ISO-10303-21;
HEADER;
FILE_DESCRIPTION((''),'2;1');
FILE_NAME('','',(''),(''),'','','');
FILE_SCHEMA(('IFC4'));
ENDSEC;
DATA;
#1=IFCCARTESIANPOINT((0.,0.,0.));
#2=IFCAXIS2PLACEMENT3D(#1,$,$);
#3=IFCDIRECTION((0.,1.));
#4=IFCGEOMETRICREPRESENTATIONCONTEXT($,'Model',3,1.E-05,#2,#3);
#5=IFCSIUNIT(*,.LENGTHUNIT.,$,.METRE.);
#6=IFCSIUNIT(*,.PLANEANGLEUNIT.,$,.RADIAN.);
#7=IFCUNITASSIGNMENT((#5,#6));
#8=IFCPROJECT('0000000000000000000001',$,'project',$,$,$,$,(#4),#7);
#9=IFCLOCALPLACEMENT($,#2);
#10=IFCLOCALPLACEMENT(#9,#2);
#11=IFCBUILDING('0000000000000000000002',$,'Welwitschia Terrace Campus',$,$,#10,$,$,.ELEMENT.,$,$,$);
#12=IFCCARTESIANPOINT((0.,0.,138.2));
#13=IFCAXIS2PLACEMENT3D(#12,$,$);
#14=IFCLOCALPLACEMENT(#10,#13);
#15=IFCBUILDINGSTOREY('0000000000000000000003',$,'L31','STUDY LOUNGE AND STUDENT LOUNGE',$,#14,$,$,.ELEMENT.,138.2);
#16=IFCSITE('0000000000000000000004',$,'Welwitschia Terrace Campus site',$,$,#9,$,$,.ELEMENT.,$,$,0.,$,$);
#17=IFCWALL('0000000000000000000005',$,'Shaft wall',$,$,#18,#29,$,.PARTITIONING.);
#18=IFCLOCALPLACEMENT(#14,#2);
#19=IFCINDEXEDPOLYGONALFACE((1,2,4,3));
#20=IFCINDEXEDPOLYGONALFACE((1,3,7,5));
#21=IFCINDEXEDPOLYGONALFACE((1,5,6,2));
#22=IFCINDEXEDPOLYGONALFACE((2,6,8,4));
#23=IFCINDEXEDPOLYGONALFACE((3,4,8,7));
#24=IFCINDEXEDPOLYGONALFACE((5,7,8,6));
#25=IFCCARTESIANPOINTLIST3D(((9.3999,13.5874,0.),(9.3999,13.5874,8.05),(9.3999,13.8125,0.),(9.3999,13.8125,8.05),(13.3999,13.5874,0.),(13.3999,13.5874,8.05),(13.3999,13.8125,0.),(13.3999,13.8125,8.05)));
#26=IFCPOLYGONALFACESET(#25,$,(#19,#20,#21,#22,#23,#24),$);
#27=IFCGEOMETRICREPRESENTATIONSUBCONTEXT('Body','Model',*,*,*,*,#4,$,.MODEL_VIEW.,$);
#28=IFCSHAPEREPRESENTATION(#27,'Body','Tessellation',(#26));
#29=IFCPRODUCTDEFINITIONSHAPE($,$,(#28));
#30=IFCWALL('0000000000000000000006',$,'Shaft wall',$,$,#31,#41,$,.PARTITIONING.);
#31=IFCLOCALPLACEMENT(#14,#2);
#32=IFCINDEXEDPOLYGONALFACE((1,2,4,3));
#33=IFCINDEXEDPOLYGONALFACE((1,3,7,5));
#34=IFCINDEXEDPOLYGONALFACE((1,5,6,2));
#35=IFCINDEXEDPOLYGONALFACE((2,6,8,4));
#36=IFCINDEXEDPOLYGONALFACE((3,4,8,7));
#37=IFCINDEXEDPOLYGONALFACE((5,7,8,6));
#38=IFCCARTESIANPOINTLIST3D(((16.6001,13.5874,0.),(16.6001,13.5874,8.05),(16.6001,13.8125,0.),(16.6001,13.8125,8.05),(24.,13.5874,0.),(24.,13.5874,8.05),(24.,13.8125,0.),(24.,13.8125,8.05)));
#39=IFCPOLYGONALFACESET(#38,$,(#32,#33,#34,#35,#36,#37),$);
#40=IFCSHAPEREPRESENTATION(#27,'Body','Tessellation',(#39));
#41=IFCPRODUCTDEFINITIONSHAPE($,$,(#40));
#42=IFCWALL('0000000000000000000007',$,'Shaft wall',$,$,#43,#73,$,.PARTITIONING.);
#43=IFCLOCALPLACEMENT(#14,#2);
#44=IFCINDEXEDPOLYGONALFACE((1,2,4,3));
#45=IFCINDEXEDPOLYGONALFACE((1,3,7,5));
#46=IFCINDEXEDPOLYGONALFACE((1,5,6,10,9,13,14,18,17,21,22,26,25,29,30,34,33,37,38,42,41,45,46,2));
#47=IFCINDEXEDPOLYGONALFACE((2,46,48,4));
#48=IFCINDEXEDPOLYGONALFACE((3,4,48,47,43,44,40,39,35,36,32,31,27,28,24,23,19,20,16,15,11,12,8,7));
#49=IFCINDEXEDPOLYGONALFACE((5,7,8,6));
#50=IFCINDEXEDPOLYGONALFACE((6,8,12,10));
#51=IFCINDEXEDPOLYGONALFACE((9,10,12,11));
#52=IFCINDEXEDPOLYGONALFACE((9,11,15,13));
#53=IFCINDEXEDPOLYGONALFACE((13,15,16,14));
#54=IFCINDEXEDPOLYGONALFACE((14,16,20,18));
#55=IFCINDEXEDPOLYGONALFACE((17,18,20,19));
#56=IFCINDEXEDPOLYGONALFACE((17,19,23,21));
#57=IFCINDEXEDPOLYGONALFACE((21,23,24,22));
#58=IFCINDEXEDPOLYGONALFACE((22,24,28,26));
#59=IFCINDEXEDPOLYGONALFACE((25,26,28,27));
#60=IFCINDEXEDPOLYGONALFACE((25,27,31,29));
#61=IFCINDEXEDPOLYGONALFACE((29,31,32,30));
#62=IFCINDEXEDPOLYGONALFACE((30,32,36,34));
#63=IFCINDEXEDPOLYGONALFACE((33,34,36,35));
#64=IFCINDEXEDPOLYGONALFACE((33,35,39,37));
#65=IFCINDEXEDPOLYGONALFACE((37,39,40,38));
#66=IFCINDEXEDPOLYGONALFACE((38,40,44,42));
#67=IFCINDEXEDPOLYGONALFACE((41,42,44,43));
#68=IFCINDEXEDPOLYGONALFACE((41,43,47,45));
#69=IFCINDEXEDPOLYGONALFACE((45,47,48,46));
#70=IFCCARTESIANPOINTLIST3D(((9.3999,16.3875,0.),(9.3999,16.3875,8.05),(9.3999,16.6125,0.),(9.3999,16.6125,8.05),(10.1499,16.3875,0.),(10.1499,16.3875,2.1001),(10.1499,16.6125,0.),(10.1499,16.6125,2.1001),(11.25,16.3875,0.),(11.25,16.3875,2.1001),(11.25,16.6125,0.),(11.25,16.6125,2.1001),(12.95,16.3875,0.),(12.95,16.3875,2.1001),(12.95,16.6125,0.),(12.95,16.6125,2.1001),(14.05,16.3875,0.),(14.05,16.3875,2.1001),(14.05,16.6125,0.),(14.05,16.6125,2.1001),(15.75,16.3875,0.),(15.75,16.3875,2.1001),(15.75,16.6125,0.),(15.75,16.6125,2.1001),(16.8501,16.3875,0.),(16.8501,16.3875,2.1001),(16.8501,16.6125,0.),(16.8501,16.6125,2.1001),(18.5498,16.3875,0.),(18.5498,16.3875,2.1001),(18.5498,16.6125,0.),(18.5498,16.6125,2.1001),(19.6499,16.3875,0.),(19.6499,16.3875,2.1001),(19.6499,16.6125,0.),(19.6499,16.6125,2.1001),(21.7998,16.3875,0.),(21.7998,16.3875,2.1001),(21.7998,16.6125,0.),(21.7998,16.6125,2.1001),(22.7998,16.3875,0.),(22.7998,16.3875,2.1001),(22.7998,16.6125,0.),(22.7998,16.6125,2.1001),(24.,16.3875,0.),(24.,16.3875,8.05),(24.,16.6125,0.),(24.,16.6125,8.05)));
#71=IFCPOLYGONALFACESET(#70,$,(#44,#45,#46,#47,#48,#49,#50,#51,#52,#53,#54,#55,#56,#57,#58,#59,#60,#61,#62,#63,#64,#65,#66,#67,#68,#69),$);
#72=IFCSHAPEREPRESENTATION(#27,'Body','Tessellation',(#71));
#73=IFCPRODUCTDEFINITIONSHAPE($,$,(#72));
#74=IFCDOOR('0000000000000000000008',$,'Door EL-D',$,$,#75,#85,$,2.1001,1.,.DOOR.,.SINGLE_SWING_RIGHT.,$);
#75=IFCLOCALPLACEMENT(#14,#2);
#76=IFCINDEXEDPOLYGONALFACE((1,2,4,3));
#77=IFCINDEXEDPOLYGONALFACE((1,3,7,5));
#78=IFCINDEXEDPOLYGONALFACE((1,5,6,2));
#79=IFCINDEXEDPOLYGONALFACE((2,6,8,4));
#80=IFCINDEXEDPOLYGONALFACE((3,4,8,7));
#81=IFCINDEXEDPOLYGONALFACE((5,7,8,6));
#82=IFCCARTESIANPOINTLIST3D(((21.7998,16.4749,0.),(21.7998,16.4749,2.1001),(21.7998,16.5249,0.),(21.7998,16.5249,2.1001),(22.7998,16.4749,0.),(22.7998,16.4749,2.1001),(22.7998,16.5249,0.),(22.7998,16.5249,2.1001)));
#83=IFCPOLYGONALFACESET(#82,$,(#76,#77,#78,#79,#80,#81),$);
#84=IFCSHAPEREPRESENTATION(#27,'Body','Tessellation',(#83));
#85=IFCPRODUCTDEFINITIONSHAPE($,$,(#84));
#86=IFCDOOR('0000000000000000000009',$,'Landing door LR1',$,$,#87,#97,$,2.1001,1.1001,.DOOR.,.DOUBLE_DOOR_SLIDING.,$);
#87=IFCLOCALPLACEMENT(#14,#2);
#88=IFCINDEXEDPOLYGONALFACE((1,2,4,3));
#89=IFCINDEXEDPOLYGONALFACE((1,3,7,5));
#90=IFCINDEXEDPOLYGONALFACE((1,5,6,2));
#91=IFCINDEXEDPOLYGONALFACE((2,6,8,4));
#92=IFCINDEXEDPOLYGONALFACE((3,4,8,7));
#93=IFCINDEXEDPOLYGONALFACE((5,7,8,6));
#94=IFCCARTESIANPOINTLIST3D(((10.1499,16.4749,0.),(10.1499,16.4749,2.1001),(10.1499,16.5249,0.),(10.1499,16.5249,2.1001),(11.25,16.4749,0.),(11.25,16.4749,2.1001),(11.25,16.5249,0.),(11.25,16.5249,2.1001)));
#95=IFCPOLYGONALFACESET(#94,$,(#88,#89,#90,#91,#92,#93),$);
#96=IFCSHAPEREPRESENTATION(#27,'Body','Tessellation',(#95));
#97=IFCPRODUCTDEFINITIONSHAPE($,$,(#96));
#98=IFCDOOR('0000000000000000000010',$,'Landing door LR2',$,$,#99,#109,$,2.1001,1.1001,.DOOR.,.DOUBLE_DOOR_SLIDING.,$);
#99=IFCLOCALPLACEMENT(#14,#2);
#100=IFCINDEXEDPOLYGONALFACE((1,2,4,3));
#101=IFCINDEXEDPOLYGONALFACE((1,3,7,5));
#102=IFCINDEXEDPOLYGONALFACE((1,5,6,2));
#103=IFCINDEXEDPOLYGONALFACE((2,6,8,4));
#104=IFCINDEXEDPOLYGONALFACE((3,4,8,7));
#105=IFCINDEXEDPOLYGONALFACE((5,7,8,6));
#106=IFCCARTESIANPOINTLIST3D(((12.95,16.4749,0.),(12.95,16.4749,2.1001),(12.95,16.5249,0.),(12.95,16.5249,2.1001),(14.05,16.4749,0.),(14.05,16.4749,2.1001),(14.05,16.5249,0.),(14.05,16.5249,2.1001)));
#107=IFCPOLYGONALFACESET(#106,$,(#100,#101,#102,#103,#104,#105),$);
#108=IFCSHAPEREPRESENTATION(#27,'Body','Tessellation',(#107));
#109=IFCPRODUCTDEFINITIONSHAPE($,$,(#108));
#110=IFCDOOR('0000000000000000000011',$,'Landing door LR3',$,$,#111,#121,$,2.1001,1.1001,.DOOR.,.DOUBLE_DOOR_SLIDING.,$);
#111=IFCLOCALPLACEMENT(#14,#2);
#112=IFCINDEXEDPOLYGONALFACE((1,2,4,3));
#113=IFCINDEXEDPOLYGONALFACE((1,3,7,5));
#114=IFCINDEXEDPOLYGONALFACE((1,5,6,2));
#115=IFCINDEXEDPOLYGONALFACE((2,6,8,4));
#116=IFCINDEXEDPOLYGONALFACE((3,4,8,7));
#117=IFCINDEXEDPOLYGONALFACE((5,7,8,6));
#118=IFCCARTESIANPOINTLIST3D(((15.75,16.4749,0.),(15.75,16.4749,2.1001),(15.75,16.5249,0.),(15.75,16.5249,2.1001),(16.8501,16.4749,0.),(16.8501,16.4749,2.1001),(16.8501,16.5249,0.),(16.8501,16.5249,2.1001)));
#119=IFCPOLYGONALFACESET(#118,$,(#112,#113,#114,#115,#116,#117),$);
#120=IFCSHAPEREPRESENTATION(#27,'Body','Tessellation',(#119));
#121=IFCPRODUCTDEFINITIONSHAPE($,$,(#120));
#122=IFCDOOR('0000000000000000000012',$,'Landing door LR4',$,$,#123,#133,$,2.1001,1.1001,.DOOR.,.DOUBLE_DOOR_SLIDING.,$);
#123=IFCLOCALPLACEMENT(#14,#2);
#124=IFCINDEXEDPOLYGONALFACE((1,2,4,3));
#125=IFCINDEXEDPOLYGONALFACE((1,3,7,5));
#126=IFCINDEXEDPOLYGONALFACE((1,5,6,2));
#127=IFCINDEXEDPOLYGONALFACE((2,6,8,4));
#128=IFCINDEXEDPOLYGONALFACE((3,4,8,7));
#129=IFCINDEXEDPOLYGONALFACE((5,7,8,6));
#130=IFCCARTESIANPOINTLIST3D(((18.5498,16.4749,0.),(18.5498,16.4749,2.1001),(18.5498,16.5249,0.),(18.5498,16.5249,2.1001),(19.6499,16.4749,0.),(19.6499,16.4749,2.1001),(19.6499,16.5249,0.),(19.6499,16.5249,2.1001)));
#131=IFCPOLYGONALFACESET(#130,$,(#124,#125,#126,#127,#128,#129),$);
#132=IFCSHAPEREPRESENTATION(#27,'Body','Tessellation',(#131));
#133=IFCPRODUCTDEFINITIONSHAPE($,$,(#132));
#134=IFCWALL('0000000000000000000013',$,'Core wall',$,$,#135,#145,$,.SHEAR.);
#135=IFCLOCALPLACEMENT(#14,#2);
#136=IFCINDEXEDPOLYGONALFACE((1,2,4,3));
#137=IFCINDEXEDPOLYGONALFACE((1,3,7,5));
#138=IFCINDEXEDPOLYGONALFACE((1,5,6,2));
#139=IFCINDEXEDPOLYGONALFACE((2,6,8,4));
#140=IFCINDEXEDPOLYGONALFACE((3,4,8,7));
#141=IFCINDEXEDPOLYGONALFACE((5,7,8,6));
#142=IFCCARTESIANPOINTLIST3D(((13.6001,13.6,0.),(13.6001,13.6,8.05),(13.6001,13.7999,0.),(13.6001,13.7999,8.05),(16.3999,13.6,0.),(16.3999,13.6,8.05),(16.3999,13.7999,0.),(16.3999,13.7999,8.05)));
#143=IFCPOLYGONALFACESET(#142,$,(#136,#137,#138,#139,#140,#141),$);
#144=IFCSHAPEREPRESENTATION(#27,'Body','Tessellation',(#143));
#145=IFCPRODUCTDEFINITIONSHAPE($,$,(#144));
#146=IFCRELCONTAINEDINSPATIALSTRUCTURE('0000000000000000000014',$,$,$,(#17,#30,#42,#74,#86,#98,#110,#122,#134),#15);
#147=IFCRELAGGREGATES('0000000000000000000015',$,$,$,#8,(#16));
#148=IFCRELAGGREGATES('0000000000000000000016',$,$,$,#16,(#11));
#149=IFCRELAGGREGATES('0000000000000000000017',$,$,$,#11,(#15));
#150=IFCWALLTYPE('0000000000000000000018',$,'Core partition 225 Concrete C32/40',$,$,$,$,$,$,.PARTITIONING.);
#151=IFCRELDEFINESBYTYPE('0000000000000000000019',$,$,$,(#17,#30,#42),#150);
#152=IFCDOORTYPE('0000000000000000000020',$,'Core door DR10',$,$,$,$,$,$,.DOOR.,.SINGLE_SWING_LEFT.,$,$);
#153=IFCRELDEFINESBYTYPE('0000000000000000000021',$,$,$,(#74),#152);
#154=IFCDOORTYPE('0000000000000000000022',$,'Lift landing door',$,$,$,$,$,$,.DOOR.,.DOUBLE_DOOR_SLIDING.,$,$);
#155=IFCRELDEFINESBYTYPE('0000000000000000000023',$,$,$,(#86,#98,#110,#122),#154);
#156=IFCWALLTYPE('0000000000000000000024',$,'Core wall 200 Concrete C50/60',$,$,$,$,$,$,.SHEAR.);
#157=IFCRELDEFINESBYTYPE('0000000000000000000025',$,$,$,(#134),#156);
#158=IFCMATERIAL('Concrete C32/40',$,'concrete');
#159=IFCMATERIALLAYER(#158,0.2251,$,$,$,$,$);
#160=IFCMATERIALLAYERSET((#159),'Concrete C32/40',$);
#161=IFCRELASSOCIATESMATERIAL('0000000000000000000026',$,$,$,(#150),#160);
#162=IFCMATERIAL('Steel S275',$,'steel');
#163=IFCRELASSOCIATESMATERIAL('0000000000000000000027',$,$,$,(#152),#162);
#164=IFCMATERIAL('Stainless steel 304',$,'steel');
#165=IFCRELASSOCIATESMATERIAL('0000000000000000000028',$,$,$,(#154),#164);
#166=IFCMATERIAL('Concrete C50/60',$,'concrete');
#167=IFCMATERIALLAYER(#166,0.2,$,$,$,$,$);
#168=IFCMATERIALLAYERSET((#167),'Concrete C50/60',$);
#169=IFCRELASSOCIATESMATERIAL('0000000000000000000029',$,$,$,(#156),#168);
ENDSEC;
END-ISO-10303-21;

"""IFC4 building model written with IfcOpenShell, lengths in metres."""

from ifc_helpers import new_model, si_unit, direction, frame, frame_2d, origin, place, context, subcontext, project, spatial, rectangle, extrude, material, layer, layer_set, type_object, element, fill, save


model = new_model("IFC4")

# Units and contexts
model_context = context("Model", 3, precision=1e-05, world=origin(), true_north=direction((0.0, 1.0)))
body_context = subcontext(model_context, "Body", "Model", "MODEL_VIEW")
ifc_project = project(units=[si_unit("LENGTHUNIT", "METRE"), si_unit("PLANEANGLEUNIT", "RADIAN")], contexts=[model_context])

# Site, building, storey
site_placement = place(None, origin())
site = spatial("IfcSite", under=ifc_project, at=site_placement, Name="Welwitschia Terrace Campus site", CompositionType="ELEMENT", RefElevation=0.0)
building_placement = place(site_placement, origin())
building = spatial("IfcBuilding", under=site, at=building_placement, Name="Welwitschia Terrace Campus", CompositionType="ELEMENT")
storey_placement = place(building_placement, frame((0.0, 0.0, 138.2)))
storey = spatial("IfcBuildingStorey", under=building, at=storey_placement, Name="L31", Description="STUDY LOUNGE AND STUDENT LOUNGE", CompositionType="ELEMENT", Elevation=138.2)

# Walls
ifc_material_1 = material(Name="Concrete C32/40", Category="concrete")
ifc_layer_1 = layer(ifc_material_1, 0.2251)
ifc_layer_set_1 = layer_set([ifc_layer_1], Name="Concrete C32/40")
wall_type_1 = type_object("IfcWallType", Name="Core partition 225 Concrete C32/40", PredefinedType="PARTITIONING", material=ifc_layer_set_1)
wall_1_placement = place(storey_placement, frame((9.3999, 13.7, 0.0), z_axis=(0.0, 0.0, 1.0), x_axis=(1.0, 0.0, 0.0)))
element("IfcWall", 1, at=wall_1_placement, inside=storey, type_object=wall_type_1, Name="Shaft wall", PredefinedType="PARTITIONING", context=body_context, shape_type="SweptSolid", body=[
    extrude(rectangle(XDim=4.0, YDim=0.2251, at=frame_2d((2.0, 0.0))), origin(), (0.0, 0.0, 1.0), 8.05),
])
wall_2_placement = place(storey_placement, frame((16.6001, 13.7, 0.0), z_axis=(0.0, 0.0, 1.0), x_axis=(1.0, 0.0, 0.0)))
element("IfcWall", 2, at=wall_2_placement, inside=storey, type_object=wall_type_1, Name="Shaft wall", PredefinedType="PARTITIONING", context=body_context, shape_type="SweptSolid", body=[
    extrude(rectangle(XDim=7.3999, YDim=0.2251, at=frame_2d((3.7, 0.0))), origin(), (0.0, 0.0, 1.0), 8.05),
])

# Wall, openings, doors
wall_3_placement = place(storey_placement, frame((9.3999, 16.5, 0.0), z_axis=(0.0, 0.0, 1.0), x_axis=(1.0, 0.0, 0.0)))
wall_3 = element("IfcWall", 3, at=wall_3_placement, inside=storey, type_object=wall_type_1, Name="Shaft wall", PredefinedType="PARTITIONING", context=body_context, shape_type="SweptSolid", body=[
    extrude(rectangle(XDim=14.6001, YDim=0.2251, at=frame_2d((7.3, 0.0))), origin(), (0.0, 0.0, 1.0), 8.05),
])
opening_1_placement = place(wall_3_placement, frame((0.75, 0.0, 0.0)))
opening_1 = element("IfcOpeningElement", 4, at=opening_1_placement, cuts=wall_3, PredefinedType="OPENING", context=body_context, shape_type="SweptSolid", body=[
    extrude(rectangle(XDim=1.1001, YDim=2.1001, at=frame_2d((0.55, 1.05))), frame((0.0, 0.1226, 0.0), z_axis=(0.0, -1.0, 0.0), x_axis=(1.0, 0.0, 0.0)), (0.0, 0.0, 1.0), 0.2451),
])
opening_2_placement = place(wall_3_placement, frame((3.55, 0.0, 0.0)))
opening_2 = element("IfcOpeningElement", 5, at=opening_2_placement, cuts=wall_3, PredefinedType="OPENING", context=body_context, shape_type="SweptSolid", body=[
    extrude(rectangle(XDim=1.1001, YDim=2.1001, at=frame_2d((0.55, 1.05))), frame((0.0, 0.1226, 0.0), z_axis=(0.0, -1.0, 0.0), x_axis=(1.0, 0.0, 0.0)), (0.0, 0.0, 1.0), 0.2451),
])
opening_3_placement = place(wall_3_placement, frame((6.3501, 0.0, 0.0)))
opening_3 = element("IfcOpeningElement", 6, at=opening_3_placement, cuts=wall_3, PredefinedType="OPENING", context=body_context, shape_type="SweptSolid", body=[
    extrude(rectangle(XDim=1.1001, YDim=2.1001, at=frame_2d((0.55, 1.05))), frame((0.0, 0.1226, 0.0), z_axis=(0.0, -1.0, 0.0), x_axis=(1.0, 0.0, 0.0)), (0.0, 0.0, 1.0), 0.2451),
])
opening_4_placement = place(wall_3_placement, frame((9.1499, 0.0, 0.0)))
opening_4 = element("IfcOpeningElement", 7, at=opening_4_placement, cuts=wall_3, PredefinedType="OPENING", context=body_context, shape_type="SweptSolid", body=[
    extrude(rectangle(XDim=1.1001, YDim=2.1001, at=frame_2d((0.55, 1.05))), frame((0.0, 0.1226, 0.0), z_axis=(0.0, -1.0, 0.0), x_axis=(1.0, 0.0, 0.0)), (0.0, 0.0, 1.0), 0.2451),
])
opening_5_placement = place(wall_3_placement, frame((12.3999, 0.0, 0.0)))
opening_5 = element("IfcOpeningElement", 8, at=opening_5_placement, cuts=wall_3, PredefinedType="OPENING", context=body_context, shape_type="SweptSolid", body=[
    extrude(rectangle(XDim=1.0, YDim=2.1001, at=frame_2d((0.5, 1.05))), frame((0.0, 0.1226, 0.0), z_axis=(0.0, -1.0, 0.0), x_axis=(1.0, 0.0, 0.0)), (0.0, 0.0, 1.0), 0.2451),
])
ifc_material_2 = material(Name="Steel S275", Category="steel")
door_type_1 = type_object("IfcDoorType", Name="Core door DR10", OperationType="SINGLE_SWING_LEFT", PredefinedType="DOOR", material=ifc_material_2)
door_1_placement = place(opening_5_placement, origin())
door_1 = element("IfcDoor", 9, at=door_1_placement, inside=storey, type_object=door_type_1, Name="Door EL-D", OperationType="SINGLE_SWING_RIGHT", OverallHeight=2.1001, OverallWidth=1.0, PredefinedType="DOOR", context=body_context, shape_type="SweptSolid", body=[
    extrude(rectangle(XDim=1.0, YDim=2.1001, at=frame_2d((0.5, 1.05))), frame((0.0, 0.0249, 0.0), z_axis=(0.0, -1.0, 0.0), x_axis=(1.0, 0.0, 0.0)), (0.0, 0.0, 1.0), 0.05),
])
fill(opening_5, door_1)
ifc_material_3 = material(Name="Stainless steel 304", Category="steel")
door_type_2 = type_object("IfcDoorType", Name="Lift landing door", OperationType="DOUBLE_DOOR_SLIDING", PredefinedType="DOOR", material=ifc_material_3)
door_2_placement = place(opening_1_placement, origin())
door_2 = element("IfcDoor", 10, at=door_2_placement, inside=storey, type_object=door_type_2, Name="Landing door LR1", OperationType="DOUBLE_DOOR_SLIDING", OverallHeight=2.1001, OverallWidth=1.1001, PredefinedType="DOOR", context=body_context, shape_type="SweptSolid", body=[
    extrude(rectangle(XDim=1.1001, YDim=2.1001, at=frame_2d((0.55, 1.05))), frame((0.0, 0.0249, 0.0), z_axis=(0.0, -1.0, 0.0), x_axis=(1.0, 0.0, 0.0)), (0.0, 0.0, 1.0), 0.05),
])
fill(opening_1, door_2)
door_3_placement = place(opening_2_placement, origin())
door_3 = element("IfcDoor", 11, at=door_3_placement, inside=storey, type_object=door_type_2, Name="Landing door LR2", OperationType="DOUBLE_DOOR_SLIDING", OverallHeight=2.1001, OverallWidth=1.1001, PredefinedType="DOOR", context=body_context, shape_type="SweptSolid", body=[
    extrude(rectangle(XDim=1.1001, YDim=2.1001, at=frame_2d((0.55, 1.05))), frame((0.0, 0.0249, 0.0), z_axis=(0.0, -1.0, 0.0), x_axis=(1.0, 0.0, 0.0)), (0.0, 0.0, 1.0), 0.05),
])
fill(opening_2, door_3)
door_4_placement = place(opening_3_placement, origin())
door_4 = element("IfcDoor", 12, at=door_4_placement, inside=storey, type_object=door_type_2, Name="Landing door LR3", OperationType="DOUBLE_DOOR_SLIDING", OverallHeight=2.1001, OverallWidth=1.1001, PredefinedType="DOOR", context=body_context, shape_type="SweptSolid", body=[
    extrude(rectangle(XDim=1.1001, YDim=2.1001, at=frame_2d((0.55, 1.05))), frame((0.0, 0.0249, 0.0), z_axis=(0.0, -1.0, 0.0), x_axis=(1.0, 0.0, 0.0)), (0.0, 0.0, 1.0), 0.05),
])
fill(opening_3, door_4)
door_5_placement = place(opening_4_placement, origin())
door_5 = element("IfcDoor", 13, at=door_5_placement, inside=storey, type_object=door_type_2, Name="Landing door LR4", OperationType="DOUBLE_DOOR_SLIDING", OverallHeight=2.1001, OverallWidth=1.1001, PredefinedType="DOOR", context=body_context, shape_type="SweptSolid", body=[
    extrude(rectangle(XDim=1.1001, YDim=2.1001, at=frame_2d((0.55, 1.05))), frame((0.0, 0.0249, 0.0), z_axis=(0.0, -1.0, 0.0), x_axis=(1.0, 0.0, 0.0)), (0.0, 0.0, 1.0), 0.05),
])
fill(opening_4, door_5)

# Wall
ifc_material_4 = material(Name="Concrete C50/60", Category="concrete")
ifc_layer_2 = layer(ifc_material_4, 0.2)
ifc_layer_set_2 = layer_set([ifc_layer_2], Name="Concrete C50/60")
wall_type_2 = type_object("IfcWallType", Name="Core wall 200 Concrete C50/60", PredefinedType="SHEAR", material=ifc_layer_set_2)
wall_4_placement = place(storey_placement, frame((13.6001, 13.7, 0.0), z_axis=(0.0, 0.0, 1.0), x_axis=(1.0, 0.0, 0.0)))
element("IfcWall", 14, at=wall_4_placement, inside=storey, type_object=wall_type_2, Name="Core wall", PredefinedType="SHEAR", context=body_context, shape_type="SweptSolid", body=[
    extrude(rectangle(XDim=2.7998, YDim=0.2, at=frame_2d((1.3999, 0.0))), origin(), (0.0, 0.0, 1.0), 8.05),
])

save(model, "model.ifc")
